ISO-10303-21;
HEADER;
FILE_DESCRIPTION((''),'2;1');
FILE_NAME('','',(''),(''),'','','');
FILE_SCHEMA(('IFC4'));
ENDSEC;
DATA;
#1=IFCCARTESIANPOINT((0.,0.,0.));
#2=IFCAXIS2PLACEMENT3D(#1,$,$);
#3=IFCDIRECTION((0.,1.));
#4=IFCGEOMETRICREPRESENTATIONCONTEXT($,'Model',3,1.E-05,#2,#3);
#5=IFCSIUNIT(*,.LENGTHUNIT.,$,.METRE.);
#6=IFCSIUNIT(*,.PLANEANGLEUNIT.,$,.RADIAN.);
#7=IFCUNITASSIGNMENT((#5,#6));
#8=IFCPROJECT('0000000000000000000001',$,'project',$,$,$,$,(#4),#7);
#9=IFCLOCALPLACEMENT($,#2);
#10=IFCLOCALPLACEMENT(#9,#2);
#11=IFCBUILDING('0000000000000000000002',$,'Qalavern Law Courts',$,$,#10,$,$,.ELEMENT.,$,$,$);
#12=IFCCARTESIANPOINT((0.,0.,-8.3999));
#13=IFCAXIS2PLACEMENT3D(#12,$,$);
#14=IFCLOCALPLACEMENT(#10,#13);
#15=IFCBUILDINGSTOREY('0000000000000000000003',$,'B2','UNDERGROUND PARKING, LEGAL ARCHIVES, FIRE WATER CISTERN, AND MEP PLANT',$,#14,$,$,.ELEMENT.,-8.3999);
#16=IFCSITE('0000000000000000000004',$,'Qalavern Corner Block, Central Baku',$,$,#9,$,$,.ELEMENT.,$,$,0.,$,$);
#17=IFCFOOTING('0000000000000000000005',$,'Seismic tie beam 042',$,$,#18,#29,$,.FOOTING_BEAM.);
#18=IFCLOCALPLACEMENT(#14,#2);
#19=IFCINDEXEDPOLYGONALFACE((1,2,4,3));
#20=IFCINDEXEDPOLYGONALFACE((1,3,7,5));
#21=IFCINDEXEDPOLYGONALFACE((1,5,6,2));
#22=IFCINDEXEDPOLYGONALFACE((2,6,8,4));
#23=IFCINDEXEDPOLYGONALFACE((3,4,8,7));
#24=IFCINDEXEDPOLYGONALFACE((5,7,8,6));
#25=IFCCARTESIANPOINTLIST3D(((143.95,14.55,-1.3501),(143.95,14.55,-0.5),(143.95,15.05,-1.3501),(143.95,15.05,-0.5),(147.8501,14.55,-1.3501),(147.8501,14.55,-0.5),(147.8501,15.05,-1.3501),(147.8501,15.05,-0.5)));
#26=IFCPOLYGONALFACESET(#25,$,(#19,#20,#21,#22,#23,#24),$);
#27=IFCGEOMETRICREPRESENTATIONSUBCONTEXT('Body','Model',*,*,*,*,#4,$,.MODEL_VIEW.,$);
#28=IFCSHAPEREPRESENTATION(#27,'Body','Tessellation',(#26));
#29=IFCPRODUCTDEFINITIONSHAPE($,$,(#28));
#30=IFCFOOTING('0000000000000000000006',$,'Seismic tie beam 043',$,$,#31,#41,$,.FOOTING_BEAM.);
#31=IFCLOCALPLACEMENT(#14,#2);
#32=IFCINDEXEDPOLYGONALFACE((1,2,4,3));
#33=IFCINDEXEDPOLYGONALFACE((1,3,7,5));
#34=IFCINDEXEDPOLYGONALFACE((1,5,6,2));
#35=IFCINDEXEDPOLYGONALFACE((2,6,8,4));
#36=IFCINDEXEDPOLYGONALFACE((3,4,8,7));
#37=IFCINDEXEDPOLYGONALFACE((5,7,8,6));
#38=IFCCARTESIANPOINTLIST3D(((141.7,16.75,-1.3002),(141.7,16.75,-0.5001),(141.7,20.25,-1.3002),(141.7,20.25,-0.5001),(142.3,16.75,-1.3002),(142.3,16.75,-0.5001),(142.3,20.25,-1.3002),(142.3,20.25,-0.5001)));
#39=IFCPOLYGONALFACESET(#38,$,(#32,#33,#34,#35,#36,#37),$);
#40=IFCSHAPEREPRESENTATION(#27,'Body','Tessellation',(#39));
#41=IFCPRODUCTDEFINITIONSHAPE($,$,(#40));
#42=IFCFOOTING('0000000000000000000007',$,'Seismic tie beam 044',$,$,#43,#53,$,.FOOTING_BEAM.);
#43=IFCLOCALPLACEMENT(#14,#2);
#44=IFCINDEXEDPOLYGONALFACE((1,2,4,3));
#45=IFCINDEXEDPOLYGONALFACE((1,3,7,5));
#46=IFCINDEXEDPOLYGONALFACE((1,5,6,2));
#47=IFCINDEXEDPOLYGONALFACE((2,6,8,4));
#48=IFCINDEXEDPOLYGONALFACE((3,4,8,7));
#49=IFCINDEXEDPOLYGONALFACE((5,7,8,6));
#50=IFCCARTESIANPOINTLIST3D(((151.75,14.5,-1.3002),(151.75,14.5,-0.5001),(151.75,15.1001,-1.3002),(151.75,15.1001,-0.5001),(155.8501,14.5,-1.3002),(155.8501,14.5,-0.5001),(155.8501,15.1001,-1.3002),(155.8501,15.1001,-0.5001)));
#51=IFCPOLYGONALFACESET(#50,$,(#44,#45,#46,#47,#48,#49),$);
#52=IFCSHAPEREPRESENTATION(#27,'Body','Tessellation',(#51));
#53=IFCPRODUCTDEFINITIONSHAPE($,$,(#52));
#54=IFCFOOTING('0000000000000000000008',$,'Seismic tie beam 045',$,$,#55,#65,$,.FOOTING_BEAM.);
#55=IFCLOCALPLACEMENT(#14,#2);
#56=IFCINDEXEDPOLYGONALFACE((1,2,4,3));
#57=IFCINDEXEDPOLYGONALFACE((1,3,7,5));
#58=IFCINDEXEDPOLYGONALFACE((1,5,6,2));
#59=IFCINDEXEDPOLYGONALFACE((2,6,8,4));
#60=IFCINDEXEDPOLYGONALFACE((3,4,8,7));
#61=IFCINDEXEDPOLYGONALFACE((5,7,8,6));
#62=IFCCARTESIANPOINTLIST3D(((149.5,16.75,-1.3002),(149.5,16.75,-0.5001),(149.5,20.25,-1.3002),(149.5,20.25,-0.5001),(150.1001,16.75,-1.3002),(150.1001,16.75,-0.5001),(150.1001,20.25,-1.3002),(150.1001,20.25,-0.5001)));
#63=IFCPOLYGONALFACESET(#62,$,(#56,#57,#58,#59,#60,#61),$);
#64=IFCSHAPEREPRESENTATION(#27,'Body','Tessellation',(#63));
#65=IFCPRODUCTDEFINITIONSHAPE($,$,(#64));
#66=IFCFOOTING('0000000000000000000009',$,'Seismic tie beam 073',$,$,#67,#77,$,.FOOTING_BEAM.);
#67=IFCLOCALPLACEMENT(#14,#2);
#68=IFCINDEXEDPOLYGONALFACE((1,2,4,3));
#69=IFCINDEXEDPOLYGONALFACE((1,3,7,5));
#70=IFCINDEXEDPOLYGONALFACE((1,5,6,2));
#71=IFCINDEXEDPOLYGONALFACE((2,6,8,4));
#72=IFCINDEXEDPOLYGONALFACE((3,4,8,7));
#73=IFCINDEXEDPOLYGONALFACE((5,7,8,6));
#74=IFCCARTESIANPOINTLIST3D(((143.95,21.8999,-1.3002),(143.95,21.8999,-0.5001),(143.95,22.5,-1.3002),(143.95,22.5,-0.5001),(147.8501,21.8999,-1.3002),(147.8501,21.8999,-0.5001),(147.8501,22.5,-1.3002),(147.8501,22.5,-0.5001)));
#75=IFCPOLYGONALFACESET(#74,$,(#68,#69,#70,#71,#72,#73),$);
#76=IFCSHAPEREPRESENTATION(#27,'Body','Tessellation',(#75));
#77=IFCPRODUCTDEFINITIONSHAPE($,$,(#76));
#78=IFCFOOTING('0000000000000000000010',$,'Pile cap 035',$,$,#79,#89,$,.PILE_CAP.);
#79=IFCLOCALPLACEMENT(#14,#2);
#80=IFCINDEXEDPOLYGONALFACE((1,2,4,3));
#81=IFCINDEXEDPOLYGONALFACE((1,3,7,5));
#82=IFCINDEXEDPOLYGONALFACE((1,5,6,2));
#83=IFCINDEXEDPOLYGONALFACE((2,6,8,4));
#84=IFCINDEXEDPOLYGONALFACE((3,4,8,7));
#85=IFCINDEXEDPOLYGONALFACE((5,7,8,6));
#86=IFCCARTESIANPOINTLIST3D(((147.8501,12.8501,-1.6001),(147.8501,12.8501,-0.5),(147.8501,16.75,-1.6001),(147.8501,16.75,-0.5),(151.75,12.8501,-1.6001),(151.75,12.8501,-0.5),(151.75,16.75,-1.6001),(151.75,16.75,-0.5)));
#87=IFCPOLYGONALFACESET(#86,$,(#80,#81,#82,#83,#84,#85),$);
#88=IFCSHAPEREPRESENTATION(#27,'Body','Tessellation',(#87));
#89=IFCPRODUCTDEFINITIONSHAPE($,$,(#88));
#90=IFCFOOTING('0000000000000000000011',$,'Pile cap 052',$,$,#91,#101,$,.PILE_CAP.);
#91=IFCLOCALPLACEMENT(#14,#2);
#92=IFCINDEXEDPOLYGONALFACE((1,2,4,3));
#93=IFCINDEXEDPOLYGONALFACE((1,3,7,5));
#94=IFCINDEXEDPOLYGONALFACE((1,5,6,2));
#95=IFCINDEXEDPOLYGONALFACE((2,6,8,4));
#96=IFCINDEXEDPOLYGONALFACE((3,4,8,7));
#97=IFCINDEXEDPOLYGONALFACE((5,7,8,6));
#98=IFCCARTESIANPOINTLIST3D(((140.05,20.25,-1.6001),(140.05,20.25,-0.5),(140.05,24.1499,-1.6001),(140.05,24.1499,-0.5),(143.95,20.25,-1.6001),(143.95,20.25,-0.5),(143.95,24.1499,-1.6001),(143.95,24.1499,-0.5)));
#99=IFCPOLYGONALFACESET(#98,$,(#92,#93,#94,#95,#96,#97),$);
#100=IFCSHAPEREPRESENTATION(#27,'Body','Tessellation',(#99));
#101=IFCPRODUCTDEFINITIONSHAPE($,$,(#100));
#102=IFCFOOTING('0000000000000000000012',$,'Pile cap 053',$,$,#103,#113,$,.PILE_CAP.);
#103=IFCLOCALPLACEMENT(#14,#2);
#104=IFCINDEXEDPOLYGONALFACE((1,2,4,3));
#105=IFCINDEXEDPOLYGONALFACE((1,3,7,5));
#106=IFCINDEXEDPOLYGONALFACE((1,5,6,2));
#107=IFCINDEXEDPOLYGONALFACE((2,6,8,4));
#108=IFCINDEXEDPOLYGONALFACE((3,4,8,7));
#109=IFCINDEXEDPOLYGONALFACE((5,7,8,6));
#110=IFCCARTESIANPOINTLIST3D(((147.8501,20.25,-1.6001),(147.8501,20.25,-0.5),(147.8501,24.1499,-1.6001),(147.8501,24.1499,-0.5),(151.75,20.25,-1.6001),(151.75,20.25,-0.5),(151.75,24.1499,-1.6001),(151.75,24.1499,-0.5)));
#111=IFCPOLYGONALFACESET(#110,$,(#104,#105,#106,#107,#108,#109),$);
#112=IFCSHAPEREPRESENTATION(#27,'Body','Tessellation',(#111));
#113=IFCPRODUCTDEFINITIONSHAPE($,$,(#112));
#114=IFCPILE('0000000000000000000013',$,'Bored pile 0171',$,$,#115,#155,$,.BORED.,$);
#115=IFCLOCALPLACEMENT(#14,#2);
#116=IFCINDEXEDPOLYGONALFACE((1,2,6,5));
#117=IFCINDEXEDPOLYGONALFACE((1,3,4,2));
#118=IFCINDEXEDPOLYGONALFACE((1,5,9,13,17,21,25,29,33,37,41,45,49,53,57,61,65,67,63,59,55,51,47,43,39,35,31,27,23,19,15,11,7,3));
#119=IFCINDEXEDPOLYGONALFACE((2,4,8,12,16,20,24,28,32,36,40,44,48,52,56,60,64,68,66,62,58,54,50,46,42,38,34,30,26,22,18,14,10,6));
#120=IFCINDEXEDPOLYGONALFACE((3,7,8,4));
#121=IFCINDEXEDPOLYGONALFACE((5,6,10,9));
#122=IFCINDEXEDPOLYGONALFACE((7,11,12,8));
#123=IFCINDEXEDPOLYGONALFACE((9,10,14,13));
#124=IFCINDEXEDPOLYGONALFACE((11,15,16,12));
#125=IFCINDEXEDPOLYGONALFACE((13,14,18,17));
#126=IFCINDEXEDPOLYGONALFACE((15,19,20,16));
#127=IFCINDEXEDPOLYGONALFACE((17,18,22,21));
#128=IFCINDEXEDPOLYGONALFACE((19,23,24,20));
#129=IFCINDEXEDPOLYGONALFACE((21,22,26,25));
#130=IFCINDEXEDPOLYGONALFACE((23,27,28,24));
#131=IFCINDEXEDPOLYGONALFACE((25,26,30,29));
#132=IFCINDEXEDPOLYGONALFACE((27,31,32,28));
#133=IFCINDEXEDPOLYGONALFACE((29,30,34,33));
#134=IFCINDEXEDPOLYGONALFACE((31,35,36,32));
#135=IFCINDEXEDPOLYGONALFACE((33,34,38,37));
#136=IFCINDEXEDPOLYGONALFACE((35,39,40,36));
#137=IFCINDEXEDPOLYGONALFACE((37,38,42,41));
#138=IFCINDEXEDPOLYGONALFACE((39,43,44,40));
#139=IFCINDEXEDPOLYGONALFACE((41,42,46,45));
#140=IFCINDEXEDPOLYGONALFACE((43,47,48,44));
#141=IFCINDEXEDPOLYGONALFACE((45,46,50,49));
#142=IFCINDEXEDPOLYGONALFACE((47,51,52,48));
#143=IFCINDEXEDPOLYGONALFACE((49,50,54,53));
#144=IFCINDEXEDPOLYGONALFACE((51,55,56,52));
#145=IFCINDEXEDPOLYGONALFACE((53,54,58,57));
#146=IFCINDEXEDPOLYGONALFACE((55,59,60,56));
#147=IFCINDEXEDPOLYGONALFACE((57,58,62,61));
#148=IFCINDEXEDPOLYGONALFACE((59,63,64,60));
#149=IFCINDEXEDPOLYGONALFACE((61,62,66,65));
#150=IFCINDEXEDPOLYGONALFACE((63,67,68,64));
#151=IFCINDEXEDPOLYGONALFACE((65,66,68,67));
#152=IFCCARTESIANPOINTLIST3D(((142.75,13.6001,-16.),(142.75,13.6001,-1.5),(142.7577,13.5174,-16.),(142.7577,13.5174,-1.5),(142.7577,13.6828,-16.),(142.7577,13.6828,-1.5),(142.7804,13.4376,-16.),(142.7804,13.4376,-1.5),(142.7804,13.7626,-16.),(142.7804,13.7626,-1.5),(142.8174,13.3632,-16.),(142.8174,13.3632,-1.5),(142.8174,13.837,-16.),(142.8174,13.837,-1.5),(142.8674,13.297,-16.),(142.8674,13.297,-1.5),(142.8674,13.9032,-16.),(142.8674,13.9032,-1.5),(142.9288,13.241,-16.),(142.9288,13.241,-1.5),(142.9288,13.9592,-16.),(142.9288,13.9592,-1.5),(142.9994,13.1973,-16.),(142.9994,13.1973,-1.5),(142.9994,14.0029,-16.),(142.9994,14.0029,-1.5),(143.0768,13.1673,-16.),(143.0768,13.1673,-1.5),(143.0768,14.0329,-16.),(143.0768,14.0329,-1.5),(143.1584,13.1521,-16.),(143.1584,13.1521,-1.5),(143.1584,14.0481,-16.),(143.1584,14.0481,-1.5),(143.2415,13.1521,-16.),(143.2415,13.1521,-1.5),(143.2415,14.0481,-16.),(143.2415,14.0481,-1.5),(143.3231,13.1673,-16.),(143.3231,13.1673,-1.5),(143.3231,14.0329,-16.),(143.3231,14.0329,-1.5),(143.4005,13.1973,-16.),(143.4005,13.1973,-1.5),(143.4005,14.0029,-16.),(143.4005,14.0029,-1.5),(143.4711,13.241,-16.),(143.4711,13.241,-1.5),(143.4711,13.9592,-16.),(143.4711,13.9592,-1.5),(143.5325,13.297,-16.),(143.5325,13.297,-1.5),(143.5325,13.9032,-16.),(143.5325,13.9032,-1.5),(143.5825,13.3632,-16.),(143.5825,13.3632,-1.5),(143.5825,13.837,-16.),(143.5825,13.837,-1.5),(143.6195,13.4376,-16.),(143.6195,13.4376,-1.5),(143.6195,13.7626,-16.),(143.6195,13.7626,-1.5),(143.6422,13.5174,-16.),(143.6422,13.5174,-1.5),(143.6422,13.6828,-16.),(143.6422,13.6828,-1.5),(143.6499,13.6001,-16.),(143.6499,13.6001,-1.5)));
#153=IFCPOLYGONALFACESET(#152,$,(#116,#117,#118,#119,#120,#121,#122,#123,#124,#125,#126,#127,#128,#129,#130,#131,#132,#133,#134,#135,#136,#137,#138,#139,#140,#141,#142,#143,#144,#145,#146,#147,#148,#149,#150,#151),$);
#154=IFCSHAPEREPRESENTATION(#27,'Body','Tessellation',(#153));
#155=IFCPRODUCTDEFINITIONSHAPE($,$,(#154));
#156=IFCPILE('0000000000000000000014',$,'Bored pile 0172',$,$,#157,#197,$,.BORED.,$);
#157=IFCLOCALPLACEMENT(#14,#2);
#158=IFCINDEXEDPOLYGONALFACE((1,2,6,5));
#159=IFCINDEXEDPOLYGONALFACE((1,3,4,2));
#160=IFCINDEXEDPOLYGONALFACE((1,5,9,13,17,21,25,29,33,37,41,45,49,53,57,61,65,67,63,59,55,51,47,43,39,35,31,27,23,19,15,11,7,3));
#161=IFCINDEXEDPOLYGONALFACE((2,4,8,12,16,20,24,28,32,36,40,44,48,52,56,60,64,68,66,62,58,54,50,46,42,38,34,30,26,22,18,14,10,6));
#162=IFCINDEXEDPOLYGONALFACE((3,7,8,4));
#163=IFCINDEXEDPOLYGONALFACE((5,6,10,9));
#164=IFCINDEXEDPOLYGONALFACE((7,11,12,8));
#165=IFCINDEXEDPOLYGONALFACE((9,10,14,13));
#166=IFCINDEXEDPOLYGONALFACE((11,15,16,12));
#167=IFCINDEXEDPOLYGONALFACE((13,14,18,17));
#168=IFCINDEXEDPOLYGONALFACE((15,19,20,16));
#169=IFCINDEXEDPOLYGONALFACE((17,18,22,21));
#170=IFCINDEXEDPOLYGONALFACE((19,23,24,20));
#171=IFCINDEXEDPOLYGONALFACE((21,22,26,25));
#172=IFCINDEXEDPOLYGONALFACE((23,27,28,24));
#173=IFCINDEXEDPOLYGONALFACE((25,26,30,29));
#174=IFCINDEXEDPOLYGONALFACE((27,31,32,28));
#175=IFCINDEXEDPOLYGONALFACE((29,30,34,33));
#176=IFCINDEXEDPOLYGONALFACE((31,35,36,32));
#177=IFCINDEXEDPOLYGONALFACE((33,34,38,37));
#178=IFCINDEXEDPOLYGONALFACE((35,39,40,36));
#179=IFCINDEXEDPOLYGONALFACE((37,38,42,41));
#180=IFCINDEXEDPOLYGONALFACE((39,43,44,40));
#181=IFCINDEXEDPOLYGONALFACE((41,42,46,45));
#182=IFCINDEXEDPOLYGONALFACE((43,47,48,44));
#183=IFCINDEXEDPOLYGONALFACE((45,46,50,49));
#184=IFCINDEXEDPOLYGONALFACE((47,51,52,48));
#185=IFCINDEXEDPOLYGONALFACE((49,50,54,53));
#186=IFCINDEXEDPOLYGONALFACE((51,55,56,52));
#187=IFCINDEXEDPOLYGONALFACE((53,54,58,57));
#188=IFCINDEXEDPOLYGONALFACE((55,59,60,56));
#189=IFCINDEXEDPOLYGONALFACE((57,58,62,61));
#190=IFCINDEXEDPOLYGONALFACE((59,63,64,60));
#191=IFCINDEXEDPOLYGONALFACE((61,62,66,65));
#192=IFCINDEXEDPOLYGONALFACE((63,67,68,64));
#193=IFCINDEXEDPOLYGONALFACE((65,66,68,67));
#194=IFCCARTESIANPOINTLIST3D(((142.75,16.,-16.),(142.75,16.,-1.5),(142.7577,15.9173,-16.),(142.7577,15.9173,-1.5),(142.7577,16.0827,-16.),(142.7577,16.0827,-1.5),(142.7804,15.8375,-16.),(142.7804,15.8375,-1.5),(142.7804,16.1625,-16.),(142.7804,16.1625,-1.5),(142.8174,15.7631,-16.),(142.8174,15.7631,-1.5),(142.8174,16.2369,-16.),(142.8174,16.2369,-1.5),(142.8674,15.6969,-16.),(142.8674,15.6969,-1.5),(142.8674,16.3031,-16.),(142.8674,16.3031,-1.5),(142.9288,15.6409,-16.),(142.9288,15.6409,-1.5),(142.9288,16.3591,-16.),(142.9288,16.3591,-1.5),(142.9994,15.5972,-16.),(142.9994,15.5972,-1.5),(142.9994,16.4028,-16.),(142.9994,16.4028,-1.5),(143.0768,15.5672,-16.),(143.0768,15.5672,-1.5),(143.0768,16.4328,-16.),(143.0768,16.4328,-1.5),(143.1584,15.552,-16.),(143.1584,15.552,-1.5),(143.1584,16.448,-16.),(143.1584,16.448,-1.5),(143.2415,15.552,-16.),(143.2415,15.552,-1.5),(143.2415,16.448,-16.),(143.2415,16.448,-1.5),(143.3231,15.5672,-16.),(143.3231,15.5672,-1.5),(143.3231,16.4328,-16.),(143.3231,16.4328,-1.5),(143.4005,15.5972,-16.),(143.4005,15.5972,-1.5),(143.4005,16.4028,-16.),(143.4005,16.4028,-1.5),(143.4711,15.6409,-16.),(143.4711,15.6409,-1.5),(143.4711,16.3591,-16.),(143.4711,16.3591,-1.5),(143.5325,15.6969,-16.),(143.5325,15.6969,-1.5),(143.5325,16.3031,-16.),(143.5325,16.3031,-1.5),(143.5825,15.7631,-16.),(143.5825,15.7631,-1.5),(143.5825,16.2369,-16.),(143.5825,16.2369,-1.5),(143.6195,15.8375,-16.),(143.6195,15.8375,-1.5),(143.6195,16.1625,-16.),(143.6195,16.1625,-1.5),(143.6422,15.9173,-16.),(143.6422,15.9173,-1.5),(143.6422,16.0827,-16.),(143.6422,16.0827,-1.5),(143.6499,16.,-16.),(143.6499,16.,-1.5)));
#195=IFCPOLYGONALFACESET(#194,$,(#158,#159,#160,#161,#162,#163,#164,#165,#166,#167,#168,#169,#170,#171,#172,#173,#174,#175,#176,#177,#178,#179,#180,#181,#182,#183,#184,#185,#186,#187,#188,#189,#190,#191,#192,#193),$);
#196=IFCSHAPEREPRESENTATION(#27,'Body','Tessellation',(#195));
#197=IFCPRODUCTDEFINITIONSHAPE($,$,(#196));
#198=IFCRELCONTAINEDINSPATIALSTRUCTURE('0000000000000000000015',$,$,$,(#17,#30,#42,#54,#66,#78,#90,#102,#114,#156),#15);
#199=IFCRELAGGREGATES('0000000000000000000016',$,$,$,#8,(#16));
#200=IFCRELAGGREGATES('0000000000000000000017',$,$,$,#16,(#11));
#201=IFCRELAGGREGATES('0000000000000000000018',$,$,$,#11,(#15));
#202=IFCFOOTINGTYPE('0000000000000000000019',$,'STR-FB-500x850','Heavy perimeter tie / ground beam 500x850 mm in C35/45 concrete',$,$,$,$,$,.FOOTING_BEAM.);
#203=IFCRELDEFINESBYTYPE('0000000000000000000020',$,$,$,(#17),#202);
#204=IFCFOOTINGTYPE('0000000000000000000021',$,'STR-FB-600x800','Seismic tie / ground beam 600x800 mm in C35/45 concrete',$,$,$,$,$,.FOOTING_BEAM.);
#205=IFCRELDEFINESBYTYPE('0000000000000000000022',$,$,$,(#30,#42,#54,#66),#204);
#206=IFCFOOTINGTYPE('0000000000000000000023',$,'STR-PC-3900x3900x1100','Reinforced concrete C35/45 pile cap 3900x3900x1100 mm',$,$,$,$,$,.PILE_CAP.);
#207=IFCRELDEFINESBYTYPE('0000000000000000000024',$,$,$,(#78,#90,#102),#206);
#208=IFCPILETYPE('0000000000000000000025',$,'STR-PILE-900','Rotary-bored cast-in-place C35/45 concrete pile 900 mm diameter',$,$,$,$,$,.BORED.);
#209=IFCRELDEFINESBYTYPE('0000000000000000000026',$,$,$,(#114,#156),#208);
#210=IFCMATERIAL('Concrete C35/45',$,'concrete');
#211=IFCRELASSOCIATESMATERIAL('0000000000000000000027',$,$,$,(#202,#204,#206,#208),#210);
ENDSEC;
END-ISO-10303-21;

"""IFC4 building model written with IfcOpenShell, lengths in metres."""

from ifc_helpers import new_model, si_unit, direction, frame, origin, origin_2d, place, context, subcontext, project, spatial, rectangle, circle, extrude, material, material_profile, profile_set, type_object, element, save


model = new_model("IFC4")

# Units and contexts
model_context = context("Model", 3, precision=1e-05, world=origin(), true_north=direction((0.0, 1.0)))
body_context = subcontext(model_context, "Body", "Model", "MODEL_VIEW")
ifc_project = project(units=[si_unit("LENGTHUNIT", "METRE"), si_unit("PLANEANGLEUNIT", "RADIAN")], contexts=[model_context])

# Site, building, storey
site_placement = place(None, origin())
site = spatial("IfcSite", under=ifc_project, at=site_placement, Name="Qalavern Corner Block, Central Baku", CompositionType="ELEMENT", RefElevation=0.0)
building_placement = place(site_placement, origin())
building = spatial("IfcBuilding", under=site, at=building_placement, Name="Qalavern Law Courts", CompositionType="ELEMENT")
storey_placement = place(building_placement, frame((0.0, 0.0, -8.3999)))
storey = spatial("IfcBuildingStorey", under=building, at=storey_placement, Name="B2", Description="UNDERGROUND PARKING, LEGAL ARCHIVES, FIRE WATER CISTERN, AND MEP PLANT", CompositionType="ELEMENT", Elevation=-8.3999)

# Footings
ifc_material_1 = material(Name="Concrete C35/45", Category="concrete")
ifc_material_profile_1 = material_profile(ifc_material_1, rectangle(XDim=0.5, YDim=0.8501, at=origin_2d()), Name="RC 500x850")
ifc_profile_set_1 = profile_set([ifc_material_profile_1], Name="Concrete C35/45")
footing_type_1 = type_object("IfcFootingType", Name="STR-FB-500x850", Description="Heavy perimeter tie / ground beam 500x850 mm in C35/45 concrete", PredefinedType="FOOTING_BEAM", material=ifc_profile_set_1)
footing_1_placement = place(storey_placement, frame((143.95, 14.8, -0.925), z_axis=(1.0, 0.0, 0.0), x_axis=(0.0, 1.0, 0.0)))
element("IfcFooting", 1, at=footing_1_placement, inside=storey, type_object=footing_type_1, Name="Seismic tie beam 042", PredefinedType="FOOTING_BEAM", context=body_context, shape_type="SweptSolid", body=[
    extrude(rectangle(XDim=0.5, YDim=0.8501, at=origin_2d()), origin(), (0.0, 0.0, 1.0), 3.9001),
])
ifc_material_profile_2 = material_profile(ifc_material_1, rectangle(XDim=0.6001, YDim=0.8, at=origin_2d()), Name="RC 600x800")
ifc_profile_set_2 = profile_set([ifc_material_profile_2], Name="Concrete C35/45")
footing_type_2 = type_object("IfcFootingType", Name="STR-FB-600x800", Description="Seismic tie / ground beam 600x800 mm in C35/45 concrete", PredefinedType="FOOTING_BEAM", material=ifc_profile_set_2)
footing_2_placement = place(storey_placement, frame((142.0, 16.75, -0.9001), z_axis=(0.0, 1.0, 0.0), x_axis=(-1.0, 0.0, 0.0)))
element("IfcFooting", 2, at=footing_2_placement, inside=storey, type_object=footing_type_2, Name="Seismic tie beam 043", PredefinedType="FOOTING_BEAM", context=body_context, shape_type="SweptSolid", body=[
    extrude(rectangle(XDim=0.6001, YDim=0.8, at=origin_2d()), origin(), (0.0, 0.0, 1.0), 3.5),
])
footing_3_placement = place(storey_placement, frame((151.75, 14.8, -0.9001), z_axis=(1.0, 0.0, 0.0), x_axis=(0.0, 1.0, 0.0)))
element("IfcFooting", 3, at=footing_3_placement, inside=storey, type_object=footing_type_2, Name="Seismic tie beam 044", PredefinedType="FOOTING_BEAM", context=body_context, shape_type="SweptSolid", body=[
    extrude(rectangle(XDim=0.6001, YDim=0.8, at=origin_2d()), origin(), (0.0, 0.0, 1.0), 4.1001),
])
footing_4_placement = place(storey_placement, frame((149.8, 16.75, -0.9001), z_axis=(0.0, 1.0, 0.0), x_axis=(-1.0, 0.0, 0.0)))
element("IfcFooting", 4, at=footing_4_placement, inside=storey, type_object=footing_type_2, Name="Seismic tie beam 045", PredefinedType="FOOTING_BEAM", context=body_context, shape_type="SweptSolid", body=[
    extrude(rectangle(XDim=0.6001, YDim=0.8, at=origin_2d()), origin(), (0.0, 0.0, 1.0), 3.5),
])
footing_5_placement = place(storey_placement, frame((143.95, 22.2, -0.9001), z_axis=(1.0, 0.0, 0.0), x_axis=(0.0, 1.0, 0.0)))
element("IfcFooting", 5, at=footing_5_placement, inside=storey, type_object=footing_type_2, Name="Seismic tie beam 073", PredefinedType="FOOTING_BEAM", context=body_context, shape_type="SweptSolid", body=[
    extrude(rectangle(XDim=0.6001, YDim=0.8, at=origin_2d()), origin(), (0.0, 0.0, 1.0), 3.9001),
])
footing_type_3 = type_object("IfcFootingType", Name="STR-PC-3900x3900x1100", Description="Reinforced concrete C35/45 pile cap 3900x3900x1100 mm", PredefinedType="PILE_CAP", material=ifc_material_1)
for number, where, z_axis, x_axis, name in (
    (6, (149.8, 14.8, -1.6001), (0.0, 0.0, 1.0), (1.0, 0.0, 0.0), "Pile cap 035"),
    (7, (142.0, 22.2, -1.6001), (0.0, 0.0, 1.0), (1.0, 0.0, 0.0), "Pile cap 052"),
    (8, (149.8, 22.2, -1.6001), (0.0, 0.0, 1.0), (1.0, 0.0, 0.0), "Pile cap 053"),
):
    element("IfcFooting", number, at=place(storey_placement, frame(where, z_axis=z_axis, x_axis=x_axis)), inside=storey, type_object=footing_type_3, Name=name, PredefinedType="PILE_CAP", context=body_context, shape_type="SweptSolid", body=[
        extrude(rectangle(XDim=3.8999, YDim=3.8999, at=origin_2d()), origin(), (0.0, 0.0, 1.0), 1.1001),
    ])

# Piles
ifc_material_profile_3 = material_profile(ifc_material_1, circle(Radius=0.45, at=origin_2d()), Name="BORED PILE 900")
ifc_profile_set_3 = profile_set([ifc_material_profile_3], Name="Concrete C35/45")
pile_type = type_object("IfcPileType", Name="STR-PILE-900", Description="Rotary-bored cast-in-place C35/45 concrete pile 900 mm diameter", PredefinedType="BORED", material=ifc_profile_set_3)
for number, where, z_axis, x_axis, name in (
    (9, (143.2, 13.6001, -1.5), (0.0, 0.0, -1.0), (1.0, 0.0, 0.0), "Bored pile 0171"),
    (10, (143.2, 16.0, -1.5), (0.0, 0.0, -1.0), (1.0, 0.0, 0.0), "Bored pile 0172"),
):
    element("IfcPile", number, at=place(storey_placement, frame(where, z_axis=z_axis, x_axis=x_axis)), inside=storey, type_object=pile_type, Name=name, PredefinedType="BORED", context=body_context, shape_type="SweptSolid", body=[
        extrude(circle(Radius=0.45, at=origin_2d()), origin(), (0.0, 0.0, 1.0), 14.5),
    ])

save(model, "model.ifc")
